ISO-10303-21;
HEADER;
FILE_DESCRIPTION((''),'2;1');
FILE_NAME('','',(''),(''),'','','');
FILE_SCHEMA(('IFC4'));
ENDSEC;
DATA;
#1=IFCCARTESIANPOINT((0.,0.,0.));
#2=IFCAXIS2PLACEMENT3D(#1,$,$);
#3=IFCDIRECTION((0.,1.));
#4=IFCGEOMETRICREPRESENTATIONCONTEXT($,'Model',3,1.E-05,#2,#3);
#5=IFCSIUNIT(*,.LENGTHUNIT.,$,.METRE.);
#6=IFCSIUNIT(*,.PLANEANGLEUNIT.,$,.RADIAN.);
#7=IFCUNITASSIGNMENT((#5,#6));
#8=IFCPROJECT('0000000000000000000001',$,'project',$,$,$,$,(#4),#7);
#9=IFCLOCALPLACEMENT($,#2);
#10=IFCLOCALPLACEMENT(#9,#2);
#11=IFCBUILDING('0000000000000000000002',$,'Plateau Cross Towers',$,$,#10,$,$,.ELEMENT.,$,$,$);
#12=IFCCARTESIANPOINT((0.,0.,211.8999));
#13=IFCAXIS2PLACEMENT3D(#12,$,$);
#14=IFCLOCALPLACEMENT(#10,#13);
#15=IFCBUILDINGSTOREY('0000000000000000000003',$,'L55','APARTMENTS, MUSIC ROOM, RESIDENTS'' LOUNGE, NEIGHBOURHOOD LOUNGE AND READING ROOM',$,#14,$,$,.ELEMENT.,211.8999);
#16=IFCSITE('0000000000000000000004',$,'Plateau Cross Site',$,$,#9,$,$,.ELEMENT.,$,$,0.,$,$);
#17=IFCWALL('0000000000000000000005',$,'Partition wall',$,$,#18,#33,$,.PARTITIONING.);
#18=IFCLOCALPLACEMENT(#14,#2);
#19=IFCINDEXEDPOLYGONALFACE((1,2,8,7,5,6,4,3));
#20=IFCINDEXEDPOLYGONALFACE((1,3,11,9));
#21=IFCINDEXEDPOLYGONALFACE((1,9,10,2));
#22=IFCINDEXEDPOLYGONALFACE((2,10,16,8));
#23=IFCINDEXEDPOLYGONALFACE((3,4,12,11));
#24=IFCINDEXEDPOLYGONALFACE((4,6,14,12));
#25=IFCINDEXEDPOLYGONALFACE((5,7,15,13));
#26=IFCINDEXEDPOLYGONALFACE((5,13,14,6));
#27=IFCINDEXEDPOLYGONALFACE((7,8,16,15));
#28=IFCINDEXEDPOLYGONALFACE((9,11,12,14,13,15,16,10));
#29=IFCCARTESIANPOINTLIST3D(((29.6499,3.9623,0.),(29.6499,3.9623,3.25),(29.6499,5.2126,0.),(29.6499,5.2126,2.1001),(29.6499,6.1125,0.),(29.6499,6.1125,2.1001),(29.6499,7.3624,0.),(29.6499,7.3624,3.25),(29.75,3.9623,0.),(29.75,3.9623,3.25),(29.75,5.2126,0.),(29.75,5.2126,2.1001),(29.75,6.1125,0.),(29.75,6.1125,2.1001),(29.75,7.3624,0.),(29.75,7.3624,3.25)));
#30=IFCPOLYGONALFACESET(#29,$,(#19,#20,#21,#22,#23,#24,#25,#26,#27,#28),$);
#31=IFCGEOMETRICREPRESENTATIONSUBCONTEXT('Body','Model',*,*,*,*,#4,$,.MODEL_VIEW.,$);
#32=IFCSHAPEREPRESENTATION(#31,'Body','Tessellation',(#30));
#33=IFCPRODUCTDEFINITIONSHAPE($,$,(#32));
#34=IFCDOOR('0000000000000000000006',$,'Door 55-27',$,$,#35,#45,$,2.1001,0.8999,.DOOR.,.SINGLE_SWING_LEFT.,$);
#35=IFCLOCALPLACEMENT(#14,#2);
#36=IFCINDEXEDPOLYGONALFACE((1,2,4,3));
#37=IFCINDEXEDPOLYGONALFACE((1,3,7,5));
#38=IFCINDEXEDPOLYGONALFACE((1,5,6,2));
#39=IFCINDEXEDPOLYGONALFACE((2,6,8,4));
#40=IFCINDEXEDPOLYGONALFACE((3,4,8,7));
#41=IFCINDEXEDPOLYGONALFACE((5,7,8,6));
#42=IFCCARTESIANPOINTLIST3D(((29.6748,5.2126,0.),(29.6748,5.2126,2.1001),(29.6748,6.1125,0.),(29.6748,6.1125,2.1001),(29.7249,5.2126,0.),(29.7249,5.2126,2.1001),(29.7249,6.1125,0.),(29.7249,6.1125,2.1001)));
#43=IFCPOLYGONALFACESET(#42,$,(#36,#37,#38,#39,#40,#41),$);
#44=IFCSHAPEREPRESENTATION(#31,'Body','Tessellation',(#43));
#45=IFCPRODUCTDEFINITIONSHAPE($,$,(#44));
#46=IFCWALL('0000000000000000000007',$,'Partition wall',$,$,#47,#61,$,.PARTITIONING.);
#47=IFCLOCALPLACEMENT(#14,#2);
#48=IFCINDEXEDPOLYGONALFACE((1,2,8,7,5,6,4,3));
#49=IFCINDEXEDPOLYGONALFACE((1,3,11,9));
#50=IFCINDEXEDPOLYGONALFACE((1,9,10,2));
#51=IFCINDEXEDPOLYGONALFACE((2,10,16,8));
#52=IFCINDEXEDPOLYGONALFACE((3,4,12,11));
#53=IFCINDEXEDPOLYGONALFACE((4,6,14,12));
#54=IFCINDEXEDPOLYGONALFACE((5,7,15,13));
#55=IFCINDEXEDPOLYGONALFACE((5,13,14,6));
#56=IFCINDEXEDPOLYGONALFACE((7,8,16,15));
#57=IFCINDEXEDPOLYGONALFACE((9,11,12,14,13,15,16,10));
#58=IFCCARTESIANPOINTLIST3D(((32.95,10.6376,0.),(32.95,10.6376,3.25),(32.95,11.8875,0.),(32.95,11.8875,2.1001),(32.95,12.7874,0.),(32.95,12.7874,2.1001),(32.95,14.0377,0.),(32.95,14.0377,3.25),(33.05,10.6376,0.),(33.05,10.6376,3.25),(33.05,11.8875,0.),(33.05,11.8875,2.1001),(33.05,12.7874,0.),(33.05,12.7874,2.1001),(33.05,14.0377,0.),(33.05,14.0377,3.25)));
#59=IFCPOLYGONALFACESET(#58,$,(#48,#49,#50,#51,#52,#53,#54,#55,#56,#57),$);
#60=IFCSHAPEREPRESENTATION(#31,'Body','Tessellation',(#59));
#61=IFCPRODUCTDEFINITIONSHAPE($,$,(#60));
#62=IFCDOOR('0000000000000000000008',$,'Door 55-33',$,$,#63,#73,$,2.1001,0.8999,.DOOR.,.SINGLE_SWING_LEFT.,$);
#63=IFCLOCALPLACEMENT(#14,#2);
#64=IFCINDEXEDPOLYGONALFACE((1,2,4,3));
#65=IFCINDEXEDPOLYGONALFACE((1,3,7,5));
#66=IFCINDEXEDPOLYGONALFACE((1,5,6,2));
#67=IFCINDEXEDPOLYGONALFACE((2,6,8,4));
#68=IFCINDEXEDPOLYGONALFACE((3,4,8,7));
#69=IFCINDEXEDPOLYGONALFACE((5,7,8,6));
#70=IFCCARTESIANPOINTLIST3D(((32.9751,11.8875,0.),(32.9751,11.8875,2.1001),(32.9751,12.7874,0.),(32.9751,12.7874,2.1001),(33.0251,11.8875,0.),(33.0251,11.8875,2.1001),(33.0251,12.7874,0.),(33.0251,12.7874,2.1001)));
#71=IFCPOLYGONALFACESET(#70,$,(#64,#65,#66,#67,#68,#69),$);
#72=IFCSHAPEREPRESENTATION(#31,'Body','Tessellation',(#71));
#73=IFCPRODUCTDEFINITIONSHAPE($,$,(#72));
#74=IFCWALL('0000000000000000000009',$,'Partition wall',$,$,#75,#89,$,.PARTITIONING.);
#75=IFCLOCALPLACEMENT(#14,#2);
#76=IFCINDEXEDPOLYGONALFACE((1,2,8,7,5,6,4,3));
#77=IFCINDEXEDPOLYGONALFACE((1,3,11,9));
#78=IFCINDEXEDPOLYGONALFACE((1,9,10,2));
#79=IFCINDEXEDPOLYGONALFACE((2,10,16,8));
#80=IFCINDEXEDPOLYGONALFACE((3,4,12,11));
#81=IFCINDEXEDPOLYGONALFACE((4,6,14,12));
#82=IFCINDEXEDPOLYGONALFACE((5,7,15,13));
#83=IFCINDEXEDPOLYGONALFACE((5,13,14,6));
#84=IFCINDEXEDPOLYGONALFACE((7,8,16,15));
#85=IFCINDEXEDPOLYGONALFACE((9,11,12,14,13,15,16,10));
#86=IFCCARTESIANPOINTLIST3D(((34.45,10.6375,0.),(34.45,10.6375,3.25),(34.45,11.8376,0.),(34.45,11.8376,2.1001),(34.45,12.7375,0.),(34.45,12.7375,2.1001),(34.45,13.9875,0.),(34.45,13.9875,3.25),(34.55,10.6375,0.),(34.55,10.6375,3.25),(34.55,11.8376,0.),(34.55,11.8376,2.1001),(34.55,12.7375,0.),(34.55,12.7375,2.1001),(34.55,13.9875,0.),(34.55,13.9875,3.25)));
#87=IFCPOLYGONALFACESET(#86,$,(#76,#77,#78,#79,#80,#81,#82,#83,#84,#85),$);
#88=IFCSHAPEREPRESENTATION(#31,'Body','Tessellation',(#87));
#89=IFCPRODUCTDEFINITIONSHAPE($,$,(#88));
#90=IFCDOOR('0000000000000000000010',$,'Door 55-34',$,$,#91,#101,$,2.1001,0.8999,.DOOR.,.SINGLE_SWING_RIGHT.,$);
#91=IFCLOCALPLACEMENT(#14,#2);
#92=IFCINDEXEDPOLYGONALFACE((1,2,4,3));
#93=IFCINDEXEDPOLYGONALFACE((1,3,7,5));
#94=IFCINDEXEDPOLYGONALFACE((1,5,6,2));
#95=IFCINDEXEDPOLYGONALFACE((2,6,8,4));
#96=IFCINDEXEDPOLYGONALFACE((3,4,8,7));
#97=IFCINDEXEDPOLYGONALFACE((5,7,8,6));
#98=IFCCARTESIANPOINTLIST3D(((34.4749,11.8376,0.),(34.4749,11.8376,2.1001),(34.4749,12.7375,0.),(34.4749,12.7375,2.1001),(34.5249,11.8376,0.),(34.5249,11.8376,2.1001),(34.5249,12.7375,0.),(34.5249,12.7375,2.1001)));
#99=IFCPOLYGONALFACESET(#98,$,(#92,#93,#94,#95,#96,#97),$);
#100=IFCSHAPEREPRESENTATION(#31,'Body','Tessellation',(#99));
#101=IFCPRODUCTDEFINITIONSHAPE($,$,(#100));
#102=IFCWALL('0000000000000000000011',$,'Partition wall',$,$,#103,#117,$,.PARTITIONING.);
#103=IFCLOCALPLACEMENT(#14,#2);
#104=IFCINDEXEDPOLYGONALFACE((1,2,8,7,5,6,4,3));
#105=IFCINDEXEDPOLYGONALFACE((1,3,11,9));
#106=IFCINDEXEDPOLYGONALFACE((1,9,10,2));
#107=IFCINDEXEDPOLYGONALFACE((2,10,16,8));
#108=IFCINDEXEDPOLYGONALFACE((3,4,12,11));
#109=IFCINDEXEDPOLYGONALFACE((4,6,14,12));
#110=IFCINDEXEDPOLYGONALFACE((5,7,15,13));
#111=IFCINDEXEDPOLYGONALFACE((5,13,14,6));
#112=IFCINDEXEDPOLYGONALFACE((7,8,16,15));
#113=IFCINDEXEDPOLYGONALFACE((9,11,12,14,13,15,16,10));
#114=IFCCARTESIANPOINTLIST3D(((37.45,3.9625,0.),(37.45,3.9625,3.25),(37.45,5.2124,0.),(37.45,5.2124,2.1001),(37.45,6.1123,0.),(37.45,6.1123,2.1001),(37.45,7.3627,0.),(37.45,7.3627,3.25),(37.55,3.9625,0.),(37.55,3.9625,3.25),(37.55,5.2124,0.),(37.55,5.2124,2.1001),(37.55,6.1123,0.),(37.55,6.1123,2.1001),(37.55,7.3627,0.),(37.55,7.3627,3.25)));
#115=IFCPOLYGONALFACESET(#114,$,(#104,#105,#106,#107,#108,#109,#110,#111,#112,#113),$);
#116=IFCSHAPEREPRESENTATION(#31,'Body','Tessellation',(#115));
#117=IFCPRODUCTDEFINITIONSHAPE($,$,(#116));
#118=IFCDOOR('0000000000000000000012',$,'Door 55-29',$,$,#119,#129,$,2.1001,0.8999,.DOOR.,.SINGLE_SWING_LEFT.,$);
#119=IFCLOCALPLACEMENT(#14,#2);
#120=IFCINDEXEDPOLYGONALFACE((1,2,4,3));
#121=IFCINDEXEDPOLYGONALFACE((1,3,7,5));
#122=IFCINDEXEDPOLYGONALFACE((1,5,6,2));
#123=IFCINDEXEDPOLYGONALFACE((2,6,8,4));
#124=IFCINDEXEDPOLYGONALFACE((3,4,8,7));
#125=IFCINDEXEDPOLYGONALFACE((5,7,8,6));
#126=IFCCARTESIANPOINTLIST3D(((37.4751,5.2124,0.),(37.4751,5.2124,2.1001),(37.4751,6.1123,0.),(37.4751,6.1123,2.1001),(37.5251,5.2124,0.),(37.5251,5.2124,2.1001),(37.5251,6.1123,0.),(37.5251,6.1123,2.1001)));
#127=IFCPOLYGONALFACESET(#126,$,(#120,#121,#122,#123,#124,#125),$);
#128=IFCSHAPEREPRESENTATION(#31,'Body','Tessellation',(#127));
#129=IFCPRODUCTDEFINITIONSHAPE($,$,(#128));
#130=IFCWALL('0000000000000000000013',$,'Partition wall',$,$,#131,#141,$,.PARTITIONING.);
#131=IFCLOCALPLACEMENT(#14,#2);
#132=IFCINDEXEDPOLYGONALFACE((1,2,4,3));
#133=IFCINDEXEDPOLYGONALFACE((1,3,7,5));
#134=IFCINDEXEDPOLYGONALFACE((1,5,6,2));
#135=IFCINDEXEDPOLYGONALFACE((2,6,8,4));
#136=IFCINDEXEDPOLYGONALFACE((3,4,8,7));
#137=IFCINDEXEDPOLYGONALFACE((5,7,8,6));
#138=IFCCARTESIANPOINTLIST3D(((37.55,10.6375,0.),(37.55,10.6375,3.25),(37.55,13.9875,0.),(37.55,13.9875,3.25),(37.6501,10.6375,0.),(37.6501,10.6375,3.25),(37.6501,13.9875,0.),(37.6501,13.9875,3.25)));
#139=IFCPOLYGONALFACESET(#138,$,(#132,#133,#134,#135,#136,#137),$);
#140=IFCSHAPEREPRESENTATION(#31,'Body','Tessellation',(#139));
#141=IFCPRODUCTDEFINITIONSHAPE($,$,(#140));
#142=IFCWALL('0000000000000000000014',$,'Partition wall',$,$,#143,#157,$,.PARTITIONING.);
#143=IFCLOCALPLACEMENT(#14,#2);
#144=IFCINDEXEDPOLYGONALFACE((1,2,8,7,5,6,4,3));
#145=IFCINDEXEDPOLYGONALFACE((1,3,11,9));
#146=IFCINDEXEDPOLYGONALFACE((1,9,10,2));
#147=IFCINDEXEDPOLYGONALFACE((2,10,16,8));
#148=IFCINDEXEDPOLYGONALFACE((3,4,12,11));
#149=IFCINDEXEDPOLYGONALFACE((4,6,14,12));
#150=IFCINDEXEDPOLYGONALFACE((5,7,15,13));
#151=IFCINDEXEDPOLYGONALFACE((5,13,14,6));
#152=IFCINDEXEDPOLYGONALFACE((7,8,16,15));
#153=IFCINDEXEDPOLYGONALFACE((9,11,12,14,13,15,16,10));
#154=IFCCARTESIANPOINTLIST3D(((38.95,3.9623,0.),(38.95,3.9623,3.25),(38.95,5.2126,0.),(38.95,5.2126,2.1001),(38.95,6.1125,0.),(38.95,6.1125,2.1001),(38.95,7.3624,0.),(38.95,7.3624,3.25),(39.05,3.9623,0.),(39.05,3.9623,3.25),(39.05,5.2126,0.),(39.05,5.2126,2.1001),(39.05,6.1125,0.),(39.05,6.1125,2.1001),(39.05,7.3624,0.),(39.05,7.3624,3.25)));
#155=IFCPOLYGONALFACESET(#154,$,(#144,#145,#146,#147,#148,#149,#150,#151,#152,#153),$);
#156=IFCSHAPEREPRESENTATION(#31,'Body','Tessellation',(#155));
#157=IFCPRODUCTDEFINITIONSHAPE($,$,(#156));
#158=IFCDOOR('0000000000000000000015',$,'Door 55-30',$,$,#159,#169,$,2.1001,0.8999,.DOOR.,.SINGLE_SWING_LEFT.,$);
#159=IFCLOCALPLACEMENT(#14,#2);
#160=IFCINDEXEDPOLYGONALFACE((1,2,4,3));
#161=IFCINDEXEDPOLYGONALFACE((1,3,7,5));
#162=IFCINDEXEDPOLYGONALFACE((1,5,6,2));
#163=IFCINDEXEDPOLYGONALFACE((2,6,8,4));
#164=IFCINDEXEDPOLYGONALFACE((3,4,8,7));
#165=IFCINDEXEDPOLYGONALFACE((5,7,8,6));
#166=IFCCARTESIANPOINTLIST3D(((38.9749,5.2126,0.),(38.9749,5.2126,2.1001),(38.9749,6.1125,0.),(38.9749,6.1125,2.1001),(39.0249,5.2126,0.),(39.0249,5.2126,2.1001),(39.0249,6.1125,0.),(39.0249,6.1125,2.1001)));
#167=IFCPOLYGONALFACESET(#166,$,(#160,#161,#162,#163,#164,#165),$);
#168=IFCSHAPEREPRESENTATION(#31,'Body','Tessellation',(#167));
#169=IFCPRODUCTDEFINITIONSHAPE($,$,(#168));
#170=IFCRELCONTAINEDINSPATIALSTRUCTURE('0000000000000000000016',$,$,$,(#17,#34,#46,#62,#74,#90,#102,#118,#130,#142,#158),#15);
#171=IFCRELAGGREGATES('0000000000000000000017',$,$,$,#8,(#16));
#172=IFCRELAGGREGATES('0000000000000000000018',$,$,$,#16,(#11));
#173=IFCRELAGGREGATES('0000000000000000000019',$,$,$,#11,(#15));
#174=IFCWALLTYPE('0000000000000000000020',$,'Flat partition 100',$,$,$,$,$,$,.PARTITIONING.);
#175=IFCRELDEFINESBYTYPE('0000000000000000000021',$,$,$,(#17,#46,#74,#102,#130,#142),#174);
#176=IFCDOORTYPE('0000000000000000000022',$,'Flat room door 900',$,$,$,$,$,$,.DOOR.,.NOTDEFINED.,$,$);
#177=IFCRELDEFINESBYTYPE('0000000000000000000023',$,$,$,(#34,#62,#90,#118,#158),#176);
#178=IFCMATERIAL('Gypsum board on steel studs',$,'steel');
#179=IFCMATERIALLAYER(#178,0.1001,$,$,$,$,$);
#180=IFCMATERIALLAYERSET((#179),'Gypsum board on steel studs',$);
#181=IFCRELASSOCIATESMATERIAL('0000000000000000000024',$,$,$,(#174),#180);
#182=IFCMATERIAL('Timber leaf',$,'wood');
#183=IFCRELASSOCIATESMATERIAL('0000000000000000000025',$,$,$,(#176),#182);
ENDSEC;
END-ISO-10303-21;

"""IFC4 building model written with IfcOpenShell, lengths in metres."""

from ifc_helpers import new_model, si_unit, direction, frame, frame_2d, origin, place, context, subcontext, project, spatial, rectangle, extrude, material, layer, layer_set, type_object, element, fill, save


model = new_model("IFC4")

# Units and contexts
model_context = context("Model", 3, precision=1e-05, world=origin(), true_north=direction((0.0, 1.0)))
body_context = subcontext(model_context, "Body", "Model", "MODEL_VIEW")
ifc_project = project(units=[si_unit("LENGTHUNIT", "METRE"), si_unit("PLANEANGLEUNIT", "RADIAN")], contexts=[model_context])

# Site, building, storey
site_placement = place(None, origin())
site = spatial("IfcSite", under=ifc_project, at=site_placement, Name="Plateau Cross Site", CompositionType="ELEMENT", RefElevation=0.0)
building_placement = place(site_placement, origin())
building = spatial("IfcBuilding", under=site, at=building_placement, Name="Plateau Cross Towers", CompositionType="ELEMENT")
storey_placement = place(building_placement, frame((0.0, 0.0, 211.8999)))
storey = spatial("IfcBuildingStorey", under=building, at=storey_placement, Name="L55", Description="APARTMENTS, MUSIC ROOM, RESIDENTS' LOUNGE, NEIGHBOURHOOD LOUNGE AND READING ROOM", CompositionType="ELEMENT", Elevation=211.8999)

# Shared definitions
ifc_material_1 = material(Name="Gypsum board on steel studs", Category="steel")
ifc_layer_1 = layer(ifc_material_1, 0.1001)
ifc_layer_set_1 = layer_set([ifc_layer_1], Name="Gypsum board on steel studs")
wall_type_1 = type_object("IfcWallType", Name="Flat partition 100", PredefinedType="PARTITIONING", material=ifc_layer_set_1)
ifc_material_2 = material(Name="Timber leaf", Category="wood")
door_type_1 = type_object("IfcDoorType", Name="Flat room door 900", OperationType="NOTDEFINED", PredefinedType="DOOR", material=ifc_material_2)

# Walls, openings, doors
wall_1_placement = place(storey_placement, frame((29.7, 7.3625, 0.0), z_axis=(0.0, 0.0, 1.0), x_axis=(0.0, -1.0, 0.0)))
wall_1 = element("IfcWall", 1, at=wall_1_placement, inside=storey, type_object=wall_type_1, Name="Partition wall", PredefinedType="PARTITIONING", context=body_context, shape_type="SweptSolid", body=[
    extrude(rectangle(XDim=3.4001, YDim=0.1001, at=frame_2d((1.7002, 0.0))), origin(), (0.0, 0.0, 1.0), 3.25),
])
opening_1_placement = place(wall_1_placement, frame((1.25, 0.0, 0.0)))
opening_1 = element("IfcOpeningElement", 2, at=opening_1_placement, cuts=wall_1, PredefinedType="OPENING", context=body_context, shape_type="SweptSolid", body=[
    extrude(rectangle(XDim=0.8999, YDim=2.1001, at=frame_2d((0.45, 1.05))), frame((0.0, 0.0601, 0.0), z_axis=(0.0, -1.0, 0.0), x_axis=(1.0, 0.0, 0.0)), (0.0, 0.0, 1.0), 0.1201),
])
door_1_placement = place(opening_1_placement, origin())
door_1 = element("IfcDoor", 3, at=door_1_placement, inside=storey, type_object=door_type_1, Name="Door 55-27", OperationType="SINGLE_SWING_LEFT", OverallHeight=2.1001, OverallWidth=0.8999, PredefinedType="DOOR", context=body_context, shape_type="SweptSolid", body=[
    extrude(rectangle(XDim=0.8999, YDim=2.1001, at=frame_2d((0.45, 1.05))), frame((0.0, 0.0249, 0.0), z_axis=(0.0, -1.0, 0.0), x_axis=(1.0, 0.0, 0.0)), (0.0, 0.0, 1.0), 0.05),
])
fill(opening_1, door_1)
wall_2_placement = place(storey_placement, frame((33.0, 10.6375, 0.0), z_axis=(0.0, 0.0, 1.0), x_axis=(0.0, 1.0, 0.0)))
wall_2 = element("IfcWall", 4, at=wall_2_placement, inside=storey, type_object=wall_type_1, Name="Partition wall", PredefinedType="PARTITIONING", context=body_context, shape_type="SweptSolid", body=[
    extrude(rectangle(XDim=3.4001, YDim=0.1001, at=frame_2d((1.7002, 0.0))), origin(), (0.0, 0.0, 1.0), 3.25),
])
opening_2_placement = place(wall_2_placement, frame((1.25, 0.0, 0.0)))
opening_2 = element("IfcOpeningElement", 5, at=opening_2_placement, cuts=wall_2, PredefinedType="OPENING", context=body_context, shape_type="SweptSolid", body=[
    extrude(rectangle(XDim=0.8999, YDim=2.1001, at=frame_2d((0.45, 1.05))), frame((0.0, 0.0601, 0.0), z_axis=(0.0, -1.0, 0.0), x_axis=(1.0, 0.0, 0.0)), (0.0, 0.0, 1.0), 0.1201),
])
door_2_placement = place(opening_2_placement, origin())
door_2 = element("IfcDoor", 6, at=door_2_placement, inside=storey, type_object=door_type_1, Name="Door 55-33", OperationType="SINGLE_SWING_LEFT", OverallHeight=2.1001, OverallWidth=0.8999, PredefinedType="DOOR", context=body_context, shape_type="SweptSolid", body=[
    extrude(rectangle(XDim=0.8999, YDim=2.1001, at=frame_2d((0.45, 1.05))), frame((0.0, 0.0249, 0.0), z_axis=(0.0, -1.0, 0.0), x_axis=(1.0, 0.0, 0.0)), (0.0, 0.0, 1.0), 0.05),
])
fill(opening_2, door_2)
wall_3_placement = place(storey_placement, frame((34.5, 13.9875, 0.0), z_axis=(0.0, 0.0, 1.0), x_axis=(0.0, -1.0, 0.0)))
wall_3 = element("IfcWall", 7, at=wall_3_placement, inside=storey, type_object=wall_type_1, Name="Partition wall", PredefinedType="PARTITIONING", context=body_context, shape_type="SweptSolid", body=[
    extrude(rectangle(XDim=3.3501, YDim=0.1001, at=frame_2d((1.675, 0.0))), origin(), (0.0, 0.0, 1.0), 3.25),
])
opening_3_placement = place(wall_3_placement, frame((1.25, 0.0, 0.0)))
opening_3 = element("IfcOpeningElement", 8, at=opening_3_placement, cuts=wall_3, PredefinedType="OPENING", context=body_context, shape_type="SweptSolid", body=[
    extrude(rectangle(XDim=0.8999, YDim=2.1001, at=frame_2d((0.45, 1.05))), frame((0.0, 0.0601, 0.0), z_axis=(0.0, -1.0, 0.0), x_axis=(1.0, 0.0, 0.0)), (0.0, 0.0, 1.0), 0.1201),
])
door_3_placement = place(opening_3_placement, origin())
door_3 = element("IfcDoor", 9, at=door_3_placement, inside=storey, type_object=door_type_1, Name="Door 55-34", OperationType="SINGLE_SWING_RIGHT", OverallHeight=2.1001, OverallWidth=0.8999, PredefinedType="DOOR", context=body_context, shape_type="SweptSolid", body=[
    extrude(rectangle(XDim=0.8999, YDim=2.1001, at=frame_2d((0.45, 1.05))), frame((0.0, 0.0249, 0.0), z_axis=(0.0, -1.0, 0.0), x_axis=(1.0, 0.0, 0.0)), (0.0, 0.0, 1.0), 0.05),
])
fill(opening_3, door_3)
wall_4_placement = place(storey_placement, frame((37.5, 3.9624, 0.0), z_axis=(0.0, 0.0, 1.0), x_axis=(0.0, 1.0, 0.0)))
wall_4 = element("IfcWall", 10, at=wall_4_placement, inside=storey, type_object=wall_type_1, Name="Partition wall", PredefinedType="PARTITIONING", context=body_context, shape_type="SweptSolid", body=[
    extrude(rectangle(XDim=3.4001, YDim=0.1001, at=frame_2d((1.7002, 0.0))), origin(), (0.0, 0.0, 1.0), 3.25),
])
opening_4_placement = place(wall_4_placement, frame((1.25, 0.0, 0.0)))
opening_4 = element("IfcOpeningElement", 11, at=opening_4_placement, cuts=wall_4, PredefinedType="OPENING", context=body_context, shape_type="SweptSolid", body=[
    extrude(rectangle(XDim=0.8999, YDim=2.1001, at=frame_2d((0.45, 1.05))), frame((0.0, 0.0601, 0.0), z_axis=(0.0, -1.0, 0.0), x_axis=(1.0, 0.0, 0.0)), (0.0, 0.0, 1.0), 0.1201),
])
door_4_placement = place(opening_4_placement, origin())
door_4 = element("IfcDoor", 12, at=door_4_placement, inside=storey, type_object=door_type_1, Name="Door 55-29", OperationType="SINGLE_SWING_LEFT", OverallHeight=2.1001, OverallWidth=0.8999, PredefinedType="DOOR", context=body_context, shape_type="SweptSolid", body=[
    extrude(rectangle(XDim=0.8999, YDim=2.1001, at=frame_2d((0.45, 1.05))), frame((0.0, 0.0249, 0.0), z_axis=(0.0, -1.0, 0.0), x_axis=(1.0, 0.0, 0.0)), (0.0, 0.0, 1.0), 0.05),
])
fill(opening_4, door_4)

# Wall
wall_5_placement = place(storey_placement, frame((37.6001, 10.6375, 0.0), z_axis=(0.0, 0.0, 1.0), x_axis=(0.0, 1.0, 0.0)))
element("IfcWall", 13, at=wall_5_placement, inside=storey, type_object=wall_type_1, Name="Partition wall", PredefinedType="PARTITIONING", context=body_context, shape_type="SweptSolid", body=[
    extrude(rectangle(XDim=3.3501, YDim=0.1001, at=frame_2d((1.675, 0.0))), origin(), (0.0, 0.0, 1.0), 3.25),
])

# Wall, opening, door
wall_6_placement = place(storey_placement, frame((39.0, 7.3625, 0.0), z_axis=(0.0, 0.0, 1.0), x_axis=(0.0, -1.0, 0.0)))
wall_6 = element("IfcWall", 14, at=wall_6_placement, inside=storey, type_object=wall_type_1, Name="Partition wall", PredefinedType="PARTITIONING", context=body_context, shape_type="SweptSolid", body=[
    extrude(rectangle(XDim=3.4001, YDim=0.1001, at=frame_2d((1.7002, 0.0))), origin(), (0.0, 0.0, 1.0), 3.25),
])
opening_5_placement = place(wall_6_placement, frame((1.25, 0.0, 0.0)))
opening_5 = element("IfcOpeningElement", 15, at=opening_5_placement, cuts=wall_6, PredefinedType="OPENING", context=body_context, shape_type="SweptSolid", body=[
    extrude(rectangle(XDim=0.8999, YDim=2.1001, at=frame_2d((0.45, 1.05))), frame((0.0, 0.0601, 0.0), z_axis=(0.0, -1.0, 0.0), x_axis=(1.0, 0.0, 0.0)), (0.0, 0.0, 1.0), 0.1201),
])
door_5_placement = place(opening_5_placement, origin())
door_5 = element("IfcDoor", 16, at=door_5_placement, inside=storey, type_object=door_type_1, Name="Door 55-30", OperationType="SINGLE_SWING_LEFT", OverallHeight=2.1001, OverallWidth=0.8999, PredefinedType="DOOR", context=body_context, shape_type="SweptSolid", body=[
    extrude(rectangle(XDim=0.8999, YDim=2.1001, at=frame_2d((0.45, 1.05))), frame((0.0, 0.0249, 0.0), z_axis=(0.0, -1.0, 0.0), x_axis=(1.0, 0.0, 0.0)), (0.0, 0.0, 1.0), 0.05),
])
fill(opening_5, door_5)

save(model, "model.ifc")
